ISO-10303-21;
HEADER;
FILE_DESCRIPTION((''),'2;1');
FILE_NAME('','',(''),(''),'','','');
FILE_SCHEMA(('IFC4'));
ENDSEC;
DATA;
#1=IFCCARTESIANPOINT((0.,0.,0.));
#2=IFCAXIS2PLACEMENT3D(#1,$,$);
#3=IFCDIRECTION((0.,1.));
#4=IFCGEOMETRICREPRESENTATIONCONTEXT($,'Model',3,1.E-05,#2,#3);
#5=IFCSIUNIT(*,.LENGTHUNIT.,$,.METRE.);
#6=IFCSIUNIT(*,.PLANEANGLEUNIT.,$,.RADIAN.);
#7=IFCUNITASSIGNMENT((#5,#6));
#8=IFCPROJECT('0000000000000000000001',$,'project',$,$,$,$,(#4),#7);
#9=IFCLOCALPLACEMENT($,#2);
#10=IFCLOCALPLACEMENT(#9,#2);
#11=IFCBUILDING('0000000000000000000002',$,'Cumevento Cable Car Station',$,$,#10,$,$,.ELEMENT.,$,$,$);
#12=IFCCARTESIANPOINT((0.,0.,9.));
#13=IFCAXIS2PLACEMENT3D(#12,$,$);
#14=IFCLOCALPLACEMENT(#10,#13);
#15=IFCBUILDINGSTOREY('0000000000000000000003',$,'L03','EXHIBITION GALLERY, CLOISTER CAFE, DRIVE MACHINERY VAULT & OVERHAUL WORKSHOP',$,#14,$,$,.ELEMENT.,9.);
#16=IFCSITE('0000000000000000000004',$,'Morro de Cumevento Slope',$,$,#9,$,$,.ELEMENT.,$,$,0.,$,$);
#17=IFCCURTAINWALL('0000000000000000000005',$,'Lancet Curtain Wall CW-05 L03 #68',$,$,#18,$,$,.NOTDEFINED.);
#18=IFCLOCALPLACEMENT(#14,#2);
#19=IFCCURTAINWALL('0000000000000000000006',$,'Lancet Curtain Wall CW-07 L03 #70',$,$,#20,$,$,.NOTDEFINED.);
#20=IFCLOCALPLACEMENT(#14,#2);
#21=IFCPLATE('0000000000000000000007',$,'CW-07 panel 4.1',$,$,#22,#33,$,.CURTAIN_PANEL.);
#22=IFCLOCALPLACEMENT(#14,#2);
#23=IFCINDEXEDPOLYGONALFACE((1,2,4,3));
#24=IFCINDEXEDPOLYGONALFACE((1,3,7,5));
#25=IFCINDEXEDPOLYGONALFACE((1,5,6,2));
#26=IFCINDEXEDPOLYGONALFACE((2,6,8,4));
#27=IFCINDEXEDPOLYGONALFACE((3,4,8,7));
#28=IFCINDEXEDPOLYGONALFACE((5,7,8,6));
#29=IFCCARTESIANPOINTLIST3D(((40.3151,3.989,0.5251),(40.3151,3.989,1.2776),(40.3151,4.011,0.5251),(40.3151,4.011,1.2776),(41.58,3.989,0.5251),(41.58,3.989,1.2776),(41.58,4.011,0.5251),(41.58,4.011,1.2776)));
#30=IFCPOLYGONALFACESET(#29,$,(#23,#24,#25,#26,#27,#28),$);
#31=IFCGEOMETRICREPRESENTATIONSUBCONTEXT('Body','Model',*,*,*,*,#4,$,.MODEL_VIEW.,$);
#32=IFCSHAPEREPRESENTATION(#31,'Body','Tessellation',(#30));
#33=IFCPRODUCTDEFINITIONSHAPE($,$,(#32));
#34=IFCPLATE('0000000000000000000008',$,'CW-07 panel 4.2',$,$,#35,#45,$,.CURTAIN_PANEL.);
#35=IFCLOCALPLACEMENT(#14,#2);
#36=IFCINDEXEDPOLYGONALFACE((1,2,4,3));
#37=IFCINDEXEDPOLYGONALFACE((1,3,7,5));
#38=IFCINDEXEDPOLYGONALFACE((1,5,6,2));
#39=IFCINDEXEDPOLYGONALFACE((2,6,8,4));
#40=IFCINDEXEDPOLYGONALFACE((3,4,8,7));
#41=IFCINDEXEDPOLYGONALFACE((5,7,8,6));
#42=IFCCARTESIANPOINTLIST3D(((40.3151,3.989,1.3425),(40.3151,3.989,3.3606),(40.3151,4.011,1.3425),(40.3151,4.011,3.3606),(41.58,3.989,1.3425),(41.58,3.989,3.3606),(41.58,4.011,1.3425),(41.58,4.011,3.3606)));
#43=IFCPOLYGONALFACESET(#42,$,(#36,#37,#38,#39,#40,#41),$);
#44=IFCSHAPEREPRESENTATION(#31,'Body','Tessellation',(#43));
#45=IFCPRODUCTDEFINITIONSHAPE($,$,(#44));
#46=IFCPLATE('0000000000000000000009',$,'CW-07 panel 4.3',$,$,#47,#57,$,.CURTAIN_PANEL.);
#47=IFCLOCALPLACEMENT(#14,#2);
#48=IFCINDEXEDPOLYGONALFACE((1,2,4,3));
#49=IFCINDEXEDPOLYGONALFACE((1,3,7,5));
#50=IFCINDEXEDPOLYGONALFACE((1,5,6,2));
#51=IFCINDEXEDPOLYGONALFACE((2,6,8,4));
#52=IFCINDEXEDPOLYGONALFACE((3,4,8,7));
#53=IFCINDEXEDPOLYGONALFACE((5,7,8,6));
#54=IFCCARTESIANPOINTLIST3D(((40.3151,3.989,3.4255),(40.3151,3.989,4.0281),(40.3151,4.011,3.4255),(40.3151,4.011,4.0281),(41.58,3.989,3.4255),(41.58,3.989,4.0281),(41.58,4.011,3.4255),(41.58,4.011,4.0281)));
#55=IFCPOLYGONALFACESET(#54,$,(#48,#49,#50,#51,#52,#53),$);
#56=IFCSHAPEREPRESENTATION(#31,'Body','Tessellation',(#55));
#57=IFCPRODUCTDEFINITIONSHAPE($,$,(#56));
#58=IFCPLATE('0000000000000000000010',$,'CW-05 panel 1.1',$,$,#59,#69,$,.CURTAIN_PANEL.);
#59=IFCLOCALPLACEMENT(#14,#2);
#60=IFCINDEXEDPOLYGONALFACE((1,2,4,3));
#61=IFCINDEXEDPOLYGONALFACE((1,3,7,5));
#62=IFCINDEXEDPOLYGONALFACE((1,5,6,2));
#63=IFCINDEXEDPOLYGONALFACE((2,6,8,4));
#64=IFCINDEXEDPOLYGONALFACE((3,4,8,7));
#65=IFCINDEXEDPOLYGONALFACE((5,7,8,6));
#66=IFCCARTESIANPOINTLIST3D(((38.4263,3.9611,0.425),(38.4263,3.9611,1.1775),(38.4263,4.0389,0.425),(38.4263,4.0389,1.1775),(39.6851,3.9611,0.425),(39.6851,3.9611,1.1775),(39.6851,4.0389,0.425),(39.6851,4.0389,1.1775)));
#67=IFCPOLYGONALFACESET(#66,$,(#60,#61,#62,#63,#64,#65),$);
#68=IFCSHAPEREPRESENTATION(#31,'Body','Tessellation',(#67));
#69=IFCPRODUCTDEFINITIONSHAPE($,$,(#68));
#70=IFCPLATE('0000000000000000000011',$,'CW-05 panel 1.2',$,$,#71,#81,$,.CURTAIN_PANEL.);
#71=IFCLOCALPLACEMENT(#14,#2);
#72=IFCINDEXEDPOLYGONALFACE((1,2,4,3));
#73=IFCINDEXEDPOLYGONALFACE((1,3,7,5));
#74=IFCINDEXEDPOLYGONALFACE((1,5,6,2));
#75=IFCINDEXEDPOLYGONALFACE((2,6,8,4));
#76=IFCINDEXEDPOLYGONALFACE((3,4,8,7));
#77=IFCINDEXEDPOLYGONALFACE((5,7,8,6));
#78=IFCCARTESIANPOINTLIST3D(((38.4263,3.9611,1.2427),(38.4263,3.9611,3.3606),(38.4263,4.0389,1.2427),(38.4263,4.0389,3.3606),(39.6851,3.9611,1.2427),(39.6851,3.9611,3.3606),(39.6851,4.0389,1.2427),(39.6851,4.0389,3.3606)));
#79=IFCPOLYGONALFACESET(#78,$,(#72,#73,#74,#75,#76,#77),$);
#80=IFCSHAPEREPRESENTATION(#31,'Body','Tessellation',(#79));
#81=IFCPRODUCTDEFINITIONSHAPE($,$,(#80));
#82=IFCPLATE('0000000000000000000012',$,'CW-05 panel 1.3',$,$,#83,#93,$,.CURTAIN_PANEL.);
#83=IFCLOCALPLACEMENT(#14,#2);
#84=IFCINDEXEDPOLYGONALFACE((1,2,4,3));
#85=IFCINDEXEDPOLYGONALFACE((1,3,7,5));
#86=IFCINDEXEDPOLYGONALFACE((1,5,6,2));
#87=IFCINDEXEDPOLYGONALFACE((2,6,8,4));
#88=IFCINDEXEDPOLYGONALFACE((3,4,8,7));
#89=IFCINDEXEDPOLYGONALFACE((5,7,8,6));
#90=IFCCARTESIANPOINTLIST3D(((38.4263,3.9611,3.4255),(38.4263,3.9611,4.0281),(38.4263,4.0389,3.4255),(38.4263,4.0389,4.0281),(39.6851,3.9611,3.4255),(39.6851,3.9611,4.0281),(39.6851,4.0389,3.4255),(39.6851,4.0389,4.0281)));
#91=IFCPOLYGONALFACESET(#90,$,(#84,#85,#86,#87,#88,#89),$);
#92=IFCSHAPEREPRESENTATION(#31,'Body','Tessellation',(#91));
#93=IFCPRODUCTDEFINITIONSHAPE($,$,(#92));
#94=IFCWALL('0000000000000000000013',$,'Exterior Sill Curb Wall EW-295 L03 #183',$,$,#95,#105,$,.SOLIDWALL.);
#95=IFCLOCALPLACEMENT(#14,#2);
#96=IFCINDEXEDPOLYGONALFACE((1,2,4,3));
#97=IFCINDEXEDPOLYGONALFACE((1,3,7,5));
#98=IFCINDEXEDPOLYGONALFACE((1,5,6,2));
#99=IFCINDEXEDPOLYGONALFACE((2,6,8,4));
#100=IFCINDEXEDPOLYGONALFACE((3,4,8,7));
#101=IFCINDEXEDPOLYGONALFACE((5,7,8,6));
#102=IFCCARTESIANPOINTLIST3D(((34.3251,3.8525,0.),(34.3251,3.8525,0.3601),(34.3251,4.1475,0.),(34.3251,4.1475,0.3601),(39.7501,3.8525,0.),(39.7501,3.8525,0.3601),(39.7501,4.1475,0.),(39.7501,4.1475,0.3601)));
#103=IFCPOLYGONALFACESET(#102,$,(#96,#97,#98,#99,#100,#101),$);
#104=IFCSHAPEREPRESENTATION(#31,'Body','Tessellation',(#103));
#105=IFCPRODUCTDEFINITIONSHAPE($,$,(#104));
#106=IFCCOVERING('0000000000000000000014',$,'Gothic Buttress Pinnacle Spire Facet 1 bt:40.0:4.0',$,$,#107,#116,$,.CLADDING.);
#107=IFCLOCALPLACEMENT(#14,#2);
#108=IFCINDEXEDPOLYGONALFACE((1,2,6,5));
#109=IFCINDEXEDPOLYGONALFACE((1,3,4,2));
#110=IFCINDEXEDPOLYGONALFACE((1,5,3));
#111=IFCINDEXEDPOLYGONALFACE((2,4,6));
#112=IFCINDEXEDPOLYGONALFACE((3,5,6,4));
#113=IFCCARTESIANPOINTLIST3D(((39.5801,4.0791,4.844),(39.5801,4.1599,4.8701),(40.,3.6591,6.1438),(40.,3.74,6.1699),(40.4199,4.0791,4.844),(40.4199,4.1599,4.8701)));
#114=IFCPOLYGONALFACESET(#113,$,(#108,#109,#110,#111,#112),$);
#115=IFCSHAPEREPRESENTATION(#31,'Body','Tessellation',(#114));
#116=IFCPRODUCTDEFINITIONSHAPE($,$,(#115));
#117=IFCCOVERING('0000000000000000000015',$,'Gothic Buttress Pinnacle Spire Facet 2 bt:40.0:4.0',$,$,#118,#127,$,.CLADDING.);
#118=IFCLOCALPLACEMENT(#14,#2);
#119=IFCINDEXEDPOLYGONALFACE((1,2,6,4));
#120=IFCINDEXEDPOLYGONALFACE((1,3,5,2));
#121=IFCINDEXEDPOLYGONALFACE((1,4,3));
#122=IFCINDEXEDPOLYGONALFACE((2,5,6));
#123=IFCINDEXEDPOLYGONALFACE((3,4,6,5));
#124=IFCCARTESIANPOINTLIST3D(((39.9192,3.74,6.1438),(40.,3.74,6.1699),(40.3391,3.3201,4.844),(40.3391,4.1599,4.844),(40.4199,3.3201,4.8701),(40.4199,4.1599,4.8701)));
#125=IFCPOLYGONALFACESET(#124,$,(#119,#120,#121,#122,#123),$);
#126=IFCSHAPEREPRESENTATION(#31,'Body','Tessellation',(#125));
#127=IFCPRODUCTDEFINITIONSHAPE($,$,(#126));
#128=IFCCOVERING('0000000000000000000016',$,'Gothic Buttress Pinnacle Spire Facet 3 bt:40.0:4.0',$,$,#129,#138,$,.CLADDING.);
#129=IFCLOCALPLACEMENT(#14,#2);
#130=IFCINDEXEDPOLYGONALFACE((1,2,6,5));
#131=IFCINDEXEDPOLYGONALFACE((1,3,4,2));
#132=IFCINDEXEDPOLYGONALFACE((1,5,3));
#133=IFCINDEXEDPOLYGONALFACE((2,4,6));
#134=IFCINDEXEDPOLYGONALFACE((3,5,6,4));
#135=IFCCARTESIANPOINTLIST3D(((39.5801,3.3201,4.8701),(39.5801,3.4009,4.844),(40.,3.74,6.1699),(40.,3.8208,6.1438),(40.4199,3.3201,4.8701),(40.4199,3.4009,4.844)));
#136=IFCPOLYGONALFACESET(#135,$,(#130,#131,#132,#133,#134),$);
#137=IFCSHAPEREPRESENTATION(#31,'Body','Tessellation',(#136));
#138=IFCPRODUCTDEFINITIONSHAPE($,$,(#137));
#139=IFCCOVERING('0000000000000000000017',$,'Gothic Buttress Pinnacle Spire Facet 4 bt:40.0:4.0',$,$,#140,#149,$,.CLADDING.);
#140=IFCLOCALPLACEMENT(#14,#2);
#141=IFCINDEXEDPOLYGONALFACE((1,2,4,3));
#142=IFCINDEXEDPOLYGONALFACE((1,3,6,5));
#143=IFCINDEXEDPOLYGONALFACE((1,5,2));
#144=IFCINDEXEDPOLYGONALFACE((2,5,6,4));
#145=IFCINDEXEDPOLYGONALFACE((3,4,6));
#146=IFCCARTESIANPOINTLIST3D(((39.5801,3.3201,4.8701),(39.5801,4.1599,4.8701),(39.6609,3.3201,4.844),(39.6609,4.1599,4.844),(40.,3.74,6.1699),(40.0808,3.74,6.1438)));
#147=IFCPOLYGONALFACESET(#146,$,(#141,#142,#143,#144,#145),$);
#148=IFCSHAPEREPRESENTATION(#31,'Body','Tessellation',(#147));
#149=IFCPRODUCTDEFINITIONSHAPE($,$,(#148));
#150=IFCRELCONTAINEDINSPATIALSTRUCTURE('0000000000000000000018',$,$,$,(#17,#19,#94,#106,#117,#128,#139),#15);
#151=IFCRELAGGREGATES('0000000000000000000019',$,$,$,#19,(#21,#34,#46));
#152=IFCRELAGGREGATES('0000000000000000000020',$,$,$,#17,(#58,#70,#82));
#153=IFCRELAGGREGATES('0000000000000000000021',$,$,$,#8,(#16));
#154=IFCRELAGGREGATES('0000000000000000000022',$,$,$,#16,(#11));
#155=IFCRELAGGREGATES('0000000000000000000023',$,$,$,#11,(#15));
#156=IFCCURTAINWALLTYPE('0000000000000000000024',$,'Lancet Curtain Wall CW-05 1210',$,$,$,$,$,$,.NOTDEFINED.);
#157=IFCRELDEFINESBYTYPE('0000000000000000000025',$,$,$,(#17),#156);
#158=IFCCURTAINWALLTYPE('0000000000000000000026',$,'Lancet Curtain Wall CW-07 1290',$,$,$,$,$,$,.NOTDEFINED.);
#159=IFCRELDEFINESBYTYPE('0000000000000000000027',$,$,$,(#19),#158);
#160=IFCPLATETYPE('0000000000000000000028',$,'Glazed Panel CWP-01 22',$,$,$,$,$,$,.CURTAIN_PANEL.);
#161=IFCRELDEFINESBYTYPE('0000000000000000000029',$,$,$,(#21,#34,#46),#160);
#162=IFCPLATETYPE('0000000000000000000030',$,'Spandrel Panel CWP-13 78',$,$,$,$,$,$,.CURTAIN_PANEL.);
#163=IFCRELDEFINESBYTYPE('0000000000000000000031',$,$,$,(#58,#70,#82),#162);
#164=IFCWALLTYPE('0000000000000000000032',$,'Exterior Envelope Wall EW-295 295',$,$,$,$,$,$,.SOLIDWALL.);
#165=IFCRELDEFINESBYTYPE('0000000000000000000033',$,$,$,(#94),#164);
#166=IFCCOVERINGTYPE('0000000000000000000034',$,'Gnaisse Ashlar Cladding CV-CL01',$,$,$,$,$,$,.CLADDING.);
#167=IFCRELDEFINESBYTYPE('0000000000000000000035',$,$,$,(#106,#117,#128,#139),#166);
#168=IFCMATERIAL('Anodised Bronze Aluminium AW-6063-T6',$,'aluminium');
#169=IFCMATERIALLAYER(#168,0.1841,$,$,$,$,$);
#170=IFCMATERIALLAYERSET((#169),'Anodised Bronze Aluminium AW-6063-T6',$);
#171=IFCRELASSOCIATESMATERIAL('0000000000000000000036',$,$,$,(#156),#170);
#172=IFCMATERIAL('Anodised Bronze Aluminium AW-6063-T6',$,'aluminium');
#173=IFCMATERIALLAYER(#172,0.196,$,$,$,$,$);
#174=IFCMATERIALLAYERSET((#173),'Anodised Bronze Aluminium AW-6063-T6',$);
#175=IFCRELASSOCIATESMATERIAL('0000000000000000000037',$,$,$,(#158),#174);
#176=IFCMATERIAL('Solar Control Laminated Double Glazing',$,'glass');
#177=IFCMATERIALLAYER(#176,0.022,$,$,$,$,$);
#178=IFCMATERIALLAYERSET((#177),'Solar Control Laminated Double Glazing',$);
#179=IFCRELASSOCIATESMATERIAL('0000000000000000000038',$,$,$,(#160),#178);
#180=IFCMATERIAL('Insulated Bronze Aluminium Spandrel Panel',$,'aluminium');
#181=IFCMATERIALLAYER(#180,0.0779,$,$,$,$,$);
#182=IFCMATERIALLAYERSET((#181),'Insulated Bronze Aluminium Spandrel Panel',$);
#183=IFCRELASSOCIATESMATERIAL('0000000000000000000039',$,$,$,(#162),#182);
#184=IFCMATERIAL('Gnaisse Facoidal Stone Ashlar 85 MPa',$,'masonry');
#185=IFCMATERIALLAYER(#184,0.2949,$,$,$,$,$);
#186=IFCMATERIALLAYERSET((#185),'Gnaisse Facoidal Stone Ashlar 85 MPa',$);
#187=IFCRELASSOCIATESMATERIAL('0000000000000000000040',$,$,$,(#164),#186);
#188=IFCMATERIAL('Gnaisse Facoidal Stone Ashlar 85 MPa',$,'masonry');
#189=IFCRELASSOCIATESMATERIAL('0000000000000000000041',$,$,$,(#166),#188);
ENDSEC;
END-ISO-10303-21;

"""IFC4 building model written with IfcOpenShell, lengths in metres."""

from ifc_helpers import new_model, si_unit, direction, frame, frame_2d, origin, origin_2d, place, context, subcontext, project, spatial, polyline, rectangle, outline, extrude, material, layer, layer_set, type_object, element, aggregate, save


model = new_model("IFC4")

# Units and contexts
model_context = context("Model", 3, precision=1e-05, world=origin(), true_north=direction((0.0, 1.0)))
body_context = subcontext(model_context, "Body", "Model", "MODEL_VIEW")
ifc_project = project(units=[si_unit("LENGTHUNIT", "METRE"), si_unit("PLANEANGLEUNIT", "RADIAN")], contexts=[model_context])

# Site, building, storey
site_placement = place(None, origin())
site = spatial("IfcSite", under=ifc_project, at=site_placement, Name="Morro de Cumevento Slope", CompositionType="ELEMENT", RefElevation=0.0)
building_placement = place(site_placement, origin())
building = spatial("IfcBuilding", under=site, at=building_placement, Name="Cumevento Cable Car Station", CompositionType="ELEMENT")
storey_placement = place(building_placement, frame((0.0, 0.0, 9.0)))
storey = spatial("IfcBuildingStorey", under=building, at=storey_placement, Name="L03", Description="EXHIBITION GALLERY, CLOISTER CAFE, DRIVE MACHINERY VAULT & OVERHAUL WORKSHOP", CompositionType="ELEMENT", Elevation=9.0)

# Curtain wall
ifc_material_1 = material(Name="Anodised Bronze Aluminium AW-6063-T6", Category="aluminium")
ifc_layer_1 = layer(ifc_material_1, 0.1841)
ifc_layer_set_1 = layer_set([ifc_layer_1], Name="Anodised Bronze Aluminium AW-6063-T6")
curtain_wall_type_1 = type_object("IfcCurtainWallType", Name="Lancet Curtain Wall CW-05 1210", PredefinedType="NOTDEFINED", material=ifc_layer_set_1)
curtain_wall_1_placement = place(storey_placement, origin())
curtain_wall_1 = element("IfcCurtainWall", 1, at=curtain_wall_1_placement, inside=storey, type_object=curtain_wall_type_1, Name="Lancet Curtain Wall CW-05 L03 #68", PredefinedType="NOTDEFINED")

# Curtain wall
ifc_material_2 = material(Name="Anodised Bronze Aluminium AW-6063-T6", Category="aluminium")
ifc_layer_2 = layer(ifc_material_2, 0.196)
ifc_layer_set_2 = layer_set([ifc_layer_2], Name="Anodised Bronze Aluminium AW-6063-T6")
curtain_wall_type_2 = type_object("IfcCurtainWallType", Name="Lancet Curtain Wall CW-07 1290", PredefinedType="NOTDEFINED", material=ifc_layer_set_2)
curtain_wall_2_placement = place(storey_placement, origin())
curtain_wall_2 = element("IfcCurtainWall", 2, at=curtain_wall_2_placement, inside=storey, type_object=curtain_wall_type_2, Name="Lancet Curtain Wall CW-07 L03 #70", PredefinedType="NOTDEFINED")

# Plates
ifc_material_3 = material(Name="Solar Control Laminated Double Glazing", Category="glass")
ifc_layer_3 = layer(ifc_material_3, 0.022)
ifc_layer_set_3 = layer_set([ifc_layer_3], Name="Solar Control Laminated Double Glazing")
plate_type_1 = type_object("IfcPlateType", Name="Glazed Panel CWP-01 22", PredefinedType="CURTAIN_PANEL", material=ifc_layer_set_3)
plate_1_placement = place(storey_placement, frame((40.9475, 4.0, 0.5251), z_axis=(0.0, 0.0, 1.0), x_axis=(-1.0, 0.0, 0.0)))
plate_1 = element("IfcPlate", 3, at=plate_1_placement, type_object=plate_type_1, Name="CW-07 panel 4.1", PredefinedType="CURTAIN_PANEL", context=body_context, shape_type="SweptSolid", body=[
    extrude(rectangle(XDim=1.2649, YDim=0.022, at=origin_2d()), origin(), (0.0, 0.0, 1.0), 0.7524),
])
plate_2_placement = place(storey_placement, frame((40.9475, 4.0, 1.3425), z_axis=(0.0, 0.0, 1.0), x_axis=(-1.0, 0.0, 0.0)))
plate_2 = element("IfcPlate", 4, at=plate_2_placement, type_object=plate_type_1, Name="CW-07 panel 4.2", PredefinedType="CURTAIN_PANEL", context=body_context, shape_type="SweptSolid", body=[
    extrude(rectangle(XDim=1.2649, YDim=0.022, at=origin_2d()), origin(), (0.0, 0.0, 1.0), 2.0181),
])
plate_3_placement = place(storey_placement, frame((40.9475, 4.0, 3.4255), z_axis=(0.0, 0.0, 1.0), x_axis=(-1.0, 0.0, 0.0)))
plate_3 = element("IfcPlate", 5, at=plate_3_placement, type_object=plate_type_1, Name="CW-07 panel 4.3", PredefinedType="CURTAIN_PANEL", context=body_context, shape_type="SweptSolid", body=[
    extrude(rectangle(XDim=1.2649, YDim=0.022, at=origin_2d()), origin(), (0.0, 0.0, 1.0), 0.6025),
])
aggregate(curtain_wall_2, [plate_1, plate_2, plate_3])
ifc_material_4 = material(Name="Insulated Bronze Aluminium Spandrel Panel", Category="aluminium")
ifc_layer_4 = layer(ifc_material_4, 0.0779)
ifc_layer_set_4 = layer_set([ifc_layer_4], Name="Insulated Bronze Aluminium Spandrel Panel")
plate_type_2 = type_object("IfcPlateType", Name="Spandrel Panel CWP-13 78", PredefinedType="CURTAIN_PANEL", material=ifc_layer_set_4)
plate_4_placement = place(storey_placement, frame((39.0557, 4.0, 0.425), z_axis=(0.0, 0.0, 1.0), x_axis=(-1.0, 0.0, 0.0)))
plate_4 = element("IfcPlate", 6, at=plate_4_placement, type_object=plate_type_2, Name="CW-05 panel 1.1", PredefinedType="CURTAIN_PANEL", context=body_context, shape_type="SweptSolid", body=[
    extrude(rectangle(XDim=1.2588, YDim=0.0779, at=origin_2d()), origin(), (0.0, 0.0, 1.0), 0.7524),
])
plate_5_placement = place(storey_placement, frame((39.0557, 4.0, 1.2427), z_axis=(0.0, 0.0, 1.0), x_axis=(-1.0, 0.0, 0.0)))
plate_5 = element("IfcPlate", 7, at=plate_5_placement, type_object=plate_type_2, Name="CW-05 panel 1.2", PredefinedType="CURTAIN_PANEL", context=body_context, shape_type="SweptSolid", body=[
    extrude(rectangle(XDim=1.2588, YDim=0.0779, at=origin_2d()), origin(), (0.0, 0.0, 1.0), 2.1179),
])
plate_6_placement = place(storey_placement, frame((39.0557, 4.0, 3.4255), z_axis=(0.0, 0.0, 1.0), x_axis=(-1.0, 0.0, 0.0)))
plate_6 = element("IfcPlate", 8, at=plate_6_placement, type_object=plate_type_2, Name="CW-05 panel 1.3", PredefinedType="CURTAIN_PANEL", context=body_context, shape_type="SweptSolid", body=[
    extrude(rectangle(XDim=1.2588, YDim=0.0779, at=origin_2d()), origin(), (0.0, 0.0, 1.0), 0.6025),
])
aggregate(curtain_wall_1, [plate_4, plate_5, plate_6])

# Wall
ifc_material_5 = material(Name="Gnaisse Facoidal Stone Ashlar 85 MPa", Category="masonry")
ifc_layer_5 = layer(ifc_material_5, 0.2949)
ifc_layer_set_5 = layer_set([ifc_layer_5], Name="Gnaisse Facoidal Stone Ashlar 85 MPa")
wall_type = type_object("IfcWallType", Name="Exterior Envelope Wall EW-295 295", PredefinedType="SOLIDWALL", material=ifc_layer_set_5)
wall_placement = place(storey_placement, frame((39.75, 4.0, 0.0), z_axis=(0.0, 0.0, 1.0), x_axis=(-1.0, 0.0, 0.0)))
element("IfcWall", 9, at=wall_placement, inside=storey, type_object=wall_type, Name="Exterior Sill Curb Wall EW-295 L03 #183", PredefinedType="SOLIDWALL", context=body_context, shape_type="SweptSolid", body=[
    extrude(rectangle(XDim=5.425, YDim=0.2949, at=frame_2d((2.7124, 0.0))), origin(), (0.0, 0.0, 1.0), 0.3601),
])

# Coverings
ifc_material_6 = material(Name="Gnaisse Facoidal Stone Ashlar 85 MPa", Category="masonry")
covering_type = type_object("IfcCoveringType", Name="Gnaisse Ashlar Cladding CV-CL01", PredefinedType="CLADDING", material=ifc_material_6)
for number, where, z_axis, x_axis, name in (
    (10, (39.5801, 4.1599, 4.8701), (0.0, 0.951574, 0.307421), (1.0, 0.0, 0.0), "Gothic Buttress Pinnacle Spire Facet 1 bt:40.0:4.0"),
    (11, (40.4199, 4.1599, 4.8701), (0.951574, 0.0, 0.307421), (0.0, -1.0, 0.0), "Gothic Buttress Pinnacle Spire Facet 2 bt:40.0:4.0"),
    (12, (40.4199, 3.3201, 4.8701), (0.0, -0.951574, 0.307421), (-1.0, 0.0, 0.0), "Gothic Buttress Pinnacle Spire Facet 3 bt:40.0:4.0"),
    (13, (39.5801, 3.3201, 4.8701), (-0.951574, 0.0, 0.307421), (0.0, 1.0, 0.0), "Gothic Buttress Pinnacle Spire Facet 4 bt:40.0:4.0"),
):
    element("IfcCovering", number, at=place(storey_placement, frame(where, z_axis=z_axis, x_axis=x_axis)), inside=storey, type_object=covering_type, Name=name, PredefinedType="CLADDING", context=body_context, shape_type="SweptSolid", body=[
        extrude(outline(polyline([(0.0, 0.0), (0.8398, 0.0), (0.4199, -1.366), (0.0, 0.0)])), origin(), (0.0, 0.0, -1.0), 0.085),
    ])

save(model, "model.ifc")
